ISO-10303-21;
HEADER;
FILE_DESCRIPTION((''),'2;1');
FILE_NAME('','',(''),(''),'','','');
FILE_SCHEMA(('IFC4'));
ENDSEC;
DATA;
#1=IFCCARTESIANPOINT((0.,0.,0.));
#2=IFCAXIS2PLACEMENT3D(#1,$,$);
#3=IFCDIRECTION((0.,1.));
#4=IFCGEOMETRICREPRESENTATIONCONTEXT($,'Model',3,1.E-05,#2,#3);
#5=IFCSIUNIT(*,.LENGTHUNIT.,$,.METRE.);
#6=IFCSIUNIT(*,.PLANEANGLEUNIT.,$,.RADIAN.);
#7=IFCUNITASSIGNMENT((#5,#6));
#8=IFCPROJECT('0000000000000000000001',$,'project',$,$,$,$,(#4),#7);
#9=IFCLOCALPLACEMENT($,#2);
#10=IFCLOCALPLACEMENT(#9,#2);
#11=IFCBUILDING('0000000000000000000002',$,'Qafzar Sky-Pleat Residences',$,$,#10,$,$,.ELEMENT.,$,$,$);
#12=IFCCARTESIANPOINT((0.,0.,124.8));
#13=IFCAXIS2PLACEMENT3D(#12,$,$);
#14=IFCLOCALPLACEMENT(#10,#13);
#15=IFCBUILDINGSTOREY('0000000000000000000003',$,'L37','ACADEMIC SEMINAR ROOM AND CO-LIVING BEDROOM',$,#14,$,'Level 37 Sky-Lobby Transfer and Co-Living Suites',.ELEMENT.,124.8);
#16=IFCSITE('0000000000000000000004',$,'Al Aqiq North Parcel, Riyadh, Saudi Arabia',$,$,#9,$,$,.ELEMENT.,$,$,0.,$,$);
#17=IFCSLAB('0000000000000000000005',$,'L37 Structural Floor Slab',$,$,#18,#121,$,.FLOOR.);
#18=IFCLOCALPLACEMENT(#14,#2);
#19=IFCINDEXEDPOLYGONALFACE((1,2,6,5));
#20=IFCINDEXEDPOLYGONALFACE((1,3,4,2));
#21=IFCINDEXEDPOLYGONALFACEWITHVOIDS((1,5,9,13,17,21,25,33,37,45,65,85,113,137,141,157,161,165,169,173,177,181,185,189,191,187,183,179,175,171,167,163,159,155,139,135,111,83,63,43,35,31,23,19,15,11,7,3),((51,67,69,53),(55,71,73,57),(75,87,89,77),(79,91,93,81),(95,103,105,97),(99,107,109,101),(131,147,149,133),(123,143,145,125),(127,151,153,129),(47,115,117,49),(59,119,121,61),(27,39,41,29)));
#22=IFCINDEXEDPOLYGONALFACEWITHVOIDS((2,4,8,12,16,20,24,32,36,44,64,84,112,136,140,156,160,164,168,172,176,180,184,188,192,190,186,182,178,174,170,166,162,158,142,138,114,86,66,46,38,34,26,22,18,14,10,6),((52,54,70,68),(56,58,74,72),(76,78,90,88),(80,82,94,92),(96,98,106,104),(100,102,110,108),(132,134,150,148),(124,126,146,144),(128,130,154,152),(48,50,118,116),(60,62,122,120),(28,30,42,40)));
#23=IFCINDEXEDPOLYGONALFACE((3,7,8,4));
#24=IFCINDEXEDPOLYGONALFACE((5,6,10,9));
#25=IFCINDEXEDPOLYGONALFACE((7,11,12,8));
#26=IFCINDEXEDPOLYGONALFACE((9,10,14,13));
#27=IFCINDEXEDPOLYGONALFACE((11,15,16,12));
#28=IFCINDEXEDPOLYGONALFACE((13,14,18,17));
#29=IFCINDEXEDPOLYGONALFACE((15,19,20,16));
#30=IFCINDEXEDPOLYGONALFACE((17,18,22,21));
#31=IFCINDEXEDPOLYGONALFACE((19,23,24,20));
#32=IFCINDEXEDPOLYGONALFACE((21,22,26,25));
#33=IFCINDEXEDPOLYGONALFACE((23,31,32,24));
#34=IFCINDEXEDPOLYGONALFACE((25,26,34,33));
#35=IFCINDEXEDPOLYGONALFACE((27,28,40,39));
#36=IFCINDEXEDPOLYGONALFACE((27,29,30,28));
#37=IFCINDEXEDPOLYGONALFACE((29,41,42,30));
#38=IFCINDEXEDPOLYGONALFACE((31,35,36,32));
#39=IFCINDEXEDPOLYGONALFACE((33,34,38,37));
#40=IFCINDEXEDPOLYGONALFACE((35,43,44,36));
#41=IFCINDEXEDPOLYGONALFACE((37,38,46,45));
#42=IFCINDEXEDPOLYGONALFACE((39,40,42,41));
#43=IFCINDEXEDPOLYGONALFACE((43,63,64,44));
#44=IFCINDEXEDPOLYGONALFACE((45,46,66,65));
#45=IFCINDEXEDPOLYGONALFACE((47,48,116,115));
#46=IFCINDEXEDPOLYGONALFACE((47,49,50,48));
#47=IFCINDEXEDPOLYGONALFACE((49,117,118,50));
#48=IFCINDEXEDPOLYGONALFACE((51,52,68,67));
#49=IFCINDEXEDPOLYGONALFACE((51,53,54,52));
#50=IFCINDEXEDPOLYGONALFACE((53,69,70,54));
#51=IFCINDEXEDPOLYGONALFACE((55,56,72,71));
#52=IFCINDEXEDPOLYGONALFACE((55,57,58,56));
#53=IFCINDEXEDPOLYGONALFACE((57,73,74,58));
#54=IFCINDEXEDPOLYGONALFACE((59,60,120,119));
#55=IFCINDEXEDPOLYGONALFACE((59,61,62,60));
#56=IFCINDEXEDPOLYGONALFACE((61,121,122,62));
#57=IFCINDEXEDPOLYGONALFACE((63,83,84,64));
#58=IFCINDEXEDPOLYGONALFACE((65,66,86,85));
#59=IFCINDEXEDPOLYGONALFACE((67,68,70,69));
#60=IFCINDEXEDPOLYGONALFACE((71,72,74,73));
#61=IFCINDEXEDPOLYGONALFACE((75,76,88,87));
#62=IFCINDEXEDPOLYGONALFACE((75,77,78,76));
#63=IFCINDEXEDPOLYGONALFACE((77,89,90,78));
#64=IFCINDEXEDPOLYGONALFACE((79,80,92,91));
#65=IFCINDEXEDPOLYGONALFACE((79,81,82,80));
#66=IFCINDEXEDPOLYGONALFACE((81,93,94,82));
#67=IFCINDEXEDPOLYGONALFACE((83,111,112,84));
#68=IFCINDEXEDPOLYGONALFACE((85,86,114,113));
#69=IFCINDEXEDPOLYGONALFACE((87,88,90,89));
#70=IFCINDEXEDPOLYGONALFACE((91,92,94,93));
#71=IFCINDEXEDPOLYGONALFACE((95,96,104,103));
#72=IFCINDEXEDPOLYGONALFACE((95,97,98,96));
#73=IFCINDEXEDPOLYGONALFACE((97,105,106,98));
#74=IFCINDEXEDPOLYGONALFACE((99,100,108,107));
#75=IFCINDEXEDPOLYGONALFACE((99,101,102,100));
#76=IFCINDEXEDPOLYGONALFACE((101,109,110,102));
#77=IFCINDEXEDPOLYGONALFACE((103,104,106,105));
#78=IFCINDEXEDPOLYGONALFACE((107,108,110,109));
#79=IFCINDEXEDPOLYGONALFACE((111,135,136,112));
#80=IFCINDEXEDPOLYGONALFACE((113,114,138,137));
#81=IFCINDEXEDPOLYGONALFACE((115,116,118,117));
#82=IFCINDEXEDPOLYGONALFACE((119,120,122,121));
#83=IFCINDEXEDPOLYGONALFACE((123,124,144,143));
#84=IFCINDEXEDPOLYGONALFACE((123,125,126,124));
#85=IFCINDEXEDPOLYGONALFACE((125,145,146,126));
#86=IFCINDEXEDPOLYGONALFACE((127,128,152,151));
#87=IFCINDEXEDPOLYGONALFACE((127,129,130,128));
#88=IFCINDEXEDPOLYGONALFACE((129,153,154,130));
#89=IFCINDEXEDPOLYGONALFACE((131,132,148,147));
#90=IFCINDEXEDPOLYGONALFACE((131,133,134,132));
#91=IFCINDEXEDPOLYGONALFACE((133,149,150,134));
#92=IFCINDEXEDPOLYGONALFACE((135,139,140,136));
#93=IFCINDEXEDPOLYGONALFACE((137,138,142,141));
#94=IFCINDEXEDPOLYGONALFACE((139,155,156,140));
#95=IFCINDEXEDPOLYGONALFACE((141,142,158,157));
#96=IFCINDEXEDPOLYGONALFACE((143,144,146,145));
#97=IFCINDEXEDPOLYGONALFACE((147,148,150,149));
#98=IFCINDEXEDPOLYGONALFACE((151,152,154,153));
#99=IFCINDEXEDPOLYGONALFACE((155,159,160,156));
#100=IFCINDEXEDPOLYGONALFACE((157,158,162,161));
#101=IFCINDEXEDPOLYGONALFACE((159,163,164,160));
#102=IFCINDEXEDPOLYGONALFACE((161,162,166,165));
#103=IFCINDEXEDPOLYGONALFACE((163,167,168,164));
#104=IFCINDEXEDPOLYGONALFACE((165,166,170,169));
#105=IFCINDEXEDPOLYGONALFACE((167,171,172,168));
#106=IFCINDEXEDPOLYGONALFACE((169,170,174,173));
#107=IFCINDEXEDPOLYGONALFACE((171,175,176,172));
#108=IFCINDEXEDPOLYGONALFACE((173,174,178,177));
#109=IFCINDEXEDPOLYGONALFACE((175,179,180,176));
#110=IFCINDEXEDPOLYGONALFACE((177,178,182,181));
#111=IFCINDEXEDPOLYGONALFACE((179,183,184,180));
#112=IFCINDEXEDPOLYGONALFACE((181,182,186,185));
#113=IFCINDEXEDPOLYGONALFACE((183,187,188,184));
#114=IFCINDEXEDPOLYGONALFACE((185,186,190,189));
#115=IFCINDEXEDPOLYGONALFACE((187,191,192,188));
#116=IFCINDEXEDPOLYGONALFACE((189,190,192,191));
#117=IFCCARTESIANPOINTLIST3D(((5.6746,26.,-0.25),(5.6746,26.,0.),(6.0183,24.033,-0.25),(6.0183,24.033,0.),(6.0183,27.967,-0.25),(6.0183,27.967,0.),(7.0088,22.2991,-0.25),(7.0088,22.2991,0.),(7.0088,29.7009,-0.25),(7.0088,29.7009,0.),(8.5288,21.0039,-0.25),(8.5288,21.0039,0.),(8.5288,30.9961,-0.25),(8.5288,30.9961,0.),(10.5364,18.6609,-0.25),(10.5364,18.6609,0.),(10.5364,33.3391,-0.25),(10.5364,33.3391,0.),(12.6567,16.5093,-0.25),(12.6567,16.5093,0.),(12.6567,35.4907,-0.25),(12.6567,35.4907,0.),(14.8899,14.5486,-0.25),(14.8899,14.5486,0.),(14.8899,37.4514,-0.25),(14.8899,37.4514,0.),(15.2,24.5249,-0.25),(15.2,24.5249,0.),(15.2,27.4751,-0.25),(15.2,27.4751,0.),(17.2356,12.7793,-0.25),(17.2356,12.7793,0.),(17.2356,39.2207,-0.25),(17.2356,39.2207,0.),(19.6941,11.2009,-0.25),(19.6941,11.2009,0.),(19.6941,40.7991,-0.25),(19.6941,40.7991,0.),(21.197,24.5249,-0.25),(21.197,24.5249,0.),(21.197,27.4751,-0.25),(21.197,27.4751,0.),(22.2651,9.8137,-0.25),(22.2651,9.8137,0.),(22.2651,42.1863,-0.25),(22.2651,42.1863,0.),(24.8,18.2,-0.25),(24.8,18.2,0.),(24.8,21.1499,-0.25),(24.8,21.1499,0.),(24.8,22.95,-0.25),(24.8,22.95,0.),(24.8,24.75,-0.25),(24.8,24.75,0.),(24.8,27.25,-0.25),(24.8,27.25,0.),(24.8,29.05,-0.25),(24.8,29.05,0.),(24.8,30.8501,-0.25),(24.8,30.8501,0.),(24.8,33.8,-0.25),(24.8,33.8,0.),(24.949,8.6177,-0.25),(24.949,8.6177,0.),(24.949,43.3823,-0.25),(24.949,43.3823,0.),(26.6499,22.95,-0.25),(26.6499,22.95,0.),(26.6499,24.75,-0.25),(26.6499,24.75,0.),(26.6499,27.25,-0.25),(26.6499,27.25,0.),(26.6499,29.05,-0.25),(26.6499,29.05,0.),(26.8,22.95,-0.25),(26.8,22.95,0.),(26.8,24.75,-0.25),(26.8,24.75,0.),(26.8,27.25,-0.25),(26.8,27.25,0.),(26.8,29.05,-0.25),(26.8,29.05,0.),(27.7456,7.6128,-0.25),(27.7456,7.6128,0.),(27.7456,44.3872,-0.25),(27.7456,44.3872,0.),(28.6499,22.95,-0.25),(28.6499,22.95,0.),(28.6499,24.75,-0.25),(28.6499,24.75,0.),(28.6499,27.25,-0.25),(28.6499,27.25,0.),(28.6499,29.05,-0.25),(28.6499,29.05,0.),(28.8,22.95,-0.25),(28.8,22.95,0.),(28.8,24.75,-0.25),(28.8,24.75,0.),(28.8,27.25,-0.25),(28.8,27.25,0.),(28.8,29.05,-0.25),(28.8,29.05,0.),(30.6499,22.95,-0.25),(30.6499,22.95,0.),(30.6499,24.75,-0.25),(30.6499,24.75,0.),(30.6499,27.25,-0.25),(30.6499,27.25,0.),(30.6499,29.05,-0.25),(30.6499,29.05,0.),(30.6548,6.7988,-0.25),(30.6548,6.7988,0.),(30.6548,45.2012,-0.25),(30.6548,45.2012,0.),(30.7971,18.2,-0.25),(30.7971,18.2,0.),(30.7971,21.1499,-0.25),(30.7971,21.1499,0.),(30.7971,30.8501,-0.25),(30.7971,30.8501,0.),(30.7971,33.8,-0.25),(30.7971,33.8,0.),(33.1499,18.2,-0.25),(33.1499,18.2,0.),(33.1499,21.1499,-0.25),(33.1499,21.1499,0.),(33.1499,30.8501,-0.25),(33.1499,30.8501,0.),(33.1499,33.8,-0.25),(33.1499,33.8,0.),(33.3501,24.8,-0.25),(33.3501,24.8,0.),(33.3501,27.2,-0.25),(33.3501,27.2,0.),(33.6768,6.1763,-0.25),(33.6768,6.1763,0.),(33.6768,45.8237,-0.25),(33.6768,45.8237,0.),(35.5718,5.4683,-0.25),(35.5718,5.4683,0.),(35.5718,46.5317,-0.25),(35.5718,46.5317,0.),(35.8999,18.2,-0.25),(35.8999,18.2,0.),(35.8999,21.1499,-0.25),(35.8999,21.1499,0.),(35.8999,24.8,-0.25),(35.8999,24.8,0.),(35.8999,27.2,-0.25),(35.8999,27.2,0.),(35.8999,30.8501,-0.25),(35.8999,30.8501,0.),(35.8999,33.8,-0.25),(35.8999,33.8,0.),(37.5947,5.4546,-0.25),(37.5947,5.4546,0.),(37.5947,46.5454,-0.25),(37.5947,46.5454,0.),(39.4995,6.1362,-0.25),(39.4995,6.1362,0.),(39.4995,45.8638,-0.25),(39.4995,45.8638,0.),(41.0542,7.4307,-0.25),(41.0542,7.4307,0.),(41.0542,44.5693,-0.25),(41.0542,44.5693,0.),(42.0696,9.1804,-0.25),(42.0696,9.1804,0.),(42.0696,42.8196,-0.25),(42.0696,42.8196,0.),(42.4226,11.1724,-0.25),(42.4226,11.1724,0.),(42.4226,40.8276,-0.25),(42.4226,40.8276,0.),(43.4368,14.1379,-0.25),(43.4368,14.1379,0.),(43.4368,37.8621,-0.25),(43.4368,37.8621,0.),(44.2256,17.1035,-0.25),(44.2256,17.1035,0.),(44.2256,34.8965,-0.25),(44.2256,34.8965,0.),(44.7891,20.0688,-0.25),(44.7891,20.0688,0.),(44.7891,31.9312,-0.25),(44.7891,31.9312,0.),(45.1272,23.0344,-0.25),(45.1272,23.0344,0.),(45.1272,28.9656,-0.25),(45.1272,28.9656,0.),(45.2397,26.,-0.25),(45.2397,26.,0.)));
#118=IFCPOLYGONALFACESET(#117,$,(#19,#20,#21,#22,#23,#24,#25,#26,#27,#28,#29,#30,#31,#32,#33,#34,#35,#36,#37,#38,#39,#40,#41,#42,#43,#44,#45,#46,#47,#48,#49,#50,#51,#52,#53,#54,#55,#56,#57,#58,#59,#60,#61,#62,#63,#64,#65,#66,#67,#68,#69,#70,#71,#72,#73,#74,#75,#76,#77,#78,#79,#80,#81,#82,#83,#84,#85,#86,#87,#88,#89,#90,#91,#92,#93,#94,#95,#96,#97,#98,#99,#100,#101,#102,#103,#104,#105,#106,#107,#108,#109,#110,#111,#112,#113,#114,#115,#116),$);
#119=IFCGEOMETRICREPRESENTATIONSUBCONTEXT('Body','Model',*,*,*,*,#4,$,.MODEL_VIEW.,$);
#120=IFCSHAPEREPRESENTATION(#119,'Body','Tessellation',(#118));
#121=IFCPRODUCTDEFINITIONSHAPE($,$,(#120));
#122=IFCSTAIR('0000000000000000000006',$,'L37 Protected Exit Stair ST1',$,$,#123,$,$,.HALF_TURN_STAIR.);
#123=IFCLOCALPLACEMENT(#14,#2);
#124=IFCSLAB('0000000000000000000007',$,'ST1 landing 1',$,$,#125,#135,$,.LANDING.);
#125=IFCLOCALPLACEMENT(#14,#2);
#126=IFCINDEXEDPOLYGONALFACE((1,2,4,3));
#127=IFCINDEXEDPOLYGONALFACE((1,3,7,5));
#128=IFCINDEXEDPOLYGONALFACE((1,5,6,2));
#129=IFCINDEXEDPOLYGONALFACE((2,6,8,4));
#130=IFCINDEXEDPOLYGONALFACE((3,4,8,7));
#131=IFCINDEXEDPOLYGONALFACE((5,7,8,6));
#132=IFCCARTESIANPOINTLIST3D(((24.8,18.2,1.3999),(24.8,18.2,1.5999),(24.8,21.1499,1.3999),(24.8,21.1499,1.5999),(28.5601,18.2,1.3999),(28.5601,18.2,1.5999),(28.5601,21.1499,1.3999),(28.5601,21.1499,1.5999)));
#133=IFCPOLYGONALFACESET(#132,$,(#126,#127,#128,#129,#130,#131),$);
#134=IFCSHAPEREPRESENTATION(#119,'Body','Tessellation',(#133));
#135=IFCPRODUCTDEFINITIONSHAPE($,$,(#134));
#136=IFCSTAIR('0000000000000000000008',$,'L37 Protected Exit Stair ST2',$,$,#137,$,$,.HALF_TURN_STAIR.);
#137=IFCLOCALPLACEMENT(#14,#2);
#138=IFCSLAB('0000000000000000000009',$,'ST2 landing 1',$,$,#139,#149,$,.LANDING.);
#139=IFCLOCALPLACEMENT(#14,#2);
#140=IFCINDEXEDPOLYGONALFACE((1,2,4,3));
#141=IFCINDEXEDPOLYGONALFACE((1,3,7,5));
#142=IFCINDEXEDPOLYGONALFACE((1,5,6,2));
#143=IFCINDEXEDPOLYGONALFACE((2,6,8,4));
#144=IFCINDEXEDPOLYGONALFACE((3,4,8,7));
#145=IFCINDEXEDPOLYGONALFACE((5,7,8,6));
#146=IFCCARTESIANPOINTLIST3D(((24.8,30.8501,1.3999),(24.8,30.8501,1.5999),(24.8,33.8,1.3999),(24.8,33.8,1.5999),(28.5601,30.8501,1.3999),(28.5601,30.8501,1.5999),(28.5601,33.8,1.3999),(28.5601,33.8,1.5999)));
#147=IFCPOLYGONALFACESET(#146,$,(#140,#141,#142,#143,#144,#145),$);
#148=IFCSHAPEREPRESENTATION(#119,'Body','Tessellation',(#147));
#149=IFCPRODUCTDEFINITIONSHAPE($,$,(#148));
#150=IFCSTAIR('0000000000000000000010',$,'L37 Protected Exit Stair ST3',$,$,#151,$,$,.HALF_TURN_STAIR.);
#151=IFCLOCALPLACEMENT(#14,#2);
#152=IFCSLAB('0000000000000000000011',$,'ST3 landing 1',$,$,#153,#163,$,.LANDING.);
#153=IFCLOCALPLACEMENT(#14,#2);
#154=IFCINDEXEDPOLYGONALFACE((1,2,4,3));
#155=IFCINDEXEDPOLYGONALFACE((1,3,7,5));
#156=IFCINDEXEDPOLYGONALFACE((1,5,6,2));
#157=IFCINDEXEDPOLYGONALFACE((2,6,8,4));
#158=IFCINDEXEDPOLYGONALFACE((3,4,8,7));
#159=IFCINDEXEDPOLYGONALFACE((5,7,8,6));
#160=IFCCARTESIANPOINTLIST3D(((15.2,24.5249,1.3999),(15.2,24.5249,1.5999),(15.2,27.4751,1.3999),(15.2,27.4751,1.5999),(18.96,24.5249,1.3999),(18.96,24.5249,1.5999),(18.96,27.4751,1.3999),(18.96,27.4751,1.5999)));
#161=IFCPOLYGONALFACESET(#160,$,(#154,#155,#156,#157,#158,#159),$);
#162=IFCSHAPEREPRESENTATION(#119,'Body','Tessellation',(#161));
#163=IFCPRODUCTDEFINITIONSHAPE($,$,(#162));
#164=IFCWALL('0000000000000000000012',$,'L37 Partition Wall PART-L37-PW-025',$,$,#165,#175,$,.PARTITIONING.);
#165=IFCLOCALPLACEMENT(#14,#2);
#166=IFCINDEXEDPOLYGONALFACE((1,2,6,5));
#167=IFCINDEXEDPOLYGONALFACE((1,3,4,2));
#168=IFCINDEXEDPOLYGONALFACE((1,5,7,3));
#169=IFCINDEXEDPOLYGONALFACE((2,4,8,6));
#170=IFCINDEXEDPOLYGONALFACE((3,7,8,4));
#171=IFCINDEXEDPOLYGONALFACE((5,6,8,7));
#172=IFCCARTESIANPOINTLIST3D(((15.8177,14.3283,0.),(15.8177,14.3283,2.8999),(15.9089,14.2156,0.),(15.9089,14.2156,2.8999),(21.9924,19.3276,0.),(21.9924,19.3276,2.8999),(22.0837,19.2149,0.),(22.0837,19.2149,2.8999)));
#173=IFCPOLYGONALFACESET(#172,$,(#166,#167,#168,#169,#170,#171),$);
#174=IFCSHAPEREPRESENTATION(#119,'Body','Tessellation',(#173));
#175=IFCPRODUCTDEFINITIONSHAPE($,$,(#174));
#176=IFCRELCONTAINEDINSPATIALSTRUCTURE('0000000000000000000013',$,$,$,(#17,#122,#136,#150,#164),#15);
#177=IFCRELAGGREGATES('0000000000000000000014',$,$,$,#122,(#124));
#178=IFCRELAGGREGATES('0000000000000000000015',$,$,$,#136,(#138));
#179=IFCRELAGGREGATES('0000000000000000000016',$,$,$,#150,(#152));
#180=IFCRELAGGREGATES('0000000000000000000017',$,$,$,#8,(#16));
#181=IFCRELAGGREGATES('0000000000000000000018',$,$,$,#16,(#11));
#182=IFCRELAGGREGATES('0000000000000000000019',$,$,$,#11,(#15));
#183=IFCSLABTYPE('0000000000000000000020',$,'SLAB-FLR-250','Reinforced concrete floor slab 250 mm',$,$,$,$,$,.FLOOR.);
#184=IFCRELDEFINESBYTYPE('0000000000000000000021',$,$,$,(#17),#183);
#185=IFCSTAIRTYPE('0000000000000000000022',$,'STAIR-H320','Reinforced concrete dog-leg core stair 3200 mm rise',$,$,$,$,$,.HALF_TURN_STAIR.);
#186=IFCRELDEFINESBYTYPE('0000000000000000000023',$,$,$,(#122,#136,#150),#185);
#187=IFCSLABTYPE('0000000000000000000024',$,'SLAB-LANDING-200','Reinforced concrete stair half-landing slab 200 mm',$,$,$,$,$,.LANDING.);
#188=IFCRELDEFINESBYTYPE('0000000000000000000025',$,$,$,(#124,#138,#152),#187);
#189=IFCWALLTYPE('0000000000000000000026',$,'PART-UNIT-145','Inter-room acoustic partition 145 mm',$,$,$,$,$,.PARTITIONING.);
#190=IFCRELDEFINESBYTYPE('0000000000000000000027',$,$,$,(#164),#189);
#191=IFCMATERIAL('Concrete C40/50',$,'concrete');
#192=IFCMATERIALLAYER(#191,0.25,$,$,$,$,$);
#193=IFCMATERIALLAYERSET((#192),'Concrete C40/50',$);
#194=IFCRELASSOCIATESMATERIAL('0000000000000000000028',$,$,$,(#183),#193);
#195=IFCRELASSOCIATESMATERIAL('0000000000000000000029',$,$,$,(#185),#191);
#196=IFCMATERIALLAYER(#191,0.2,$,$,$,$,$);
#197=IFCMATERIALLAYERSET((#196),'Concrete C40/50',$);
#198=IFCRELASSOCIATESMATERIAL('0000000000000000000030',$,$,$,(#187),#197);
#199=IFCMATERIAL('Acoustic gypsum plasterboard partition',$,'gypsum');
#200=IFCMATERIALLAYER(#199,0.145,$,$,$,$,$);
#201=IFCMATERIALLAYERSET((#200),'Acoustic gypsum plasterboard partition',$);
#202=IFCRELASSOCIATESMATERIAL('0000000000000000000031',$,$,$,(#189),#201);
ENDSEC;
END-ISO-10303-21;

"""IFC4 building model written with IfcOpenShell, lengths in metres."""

from ifc_helpers import new_model, si_unit, direction, frame, frame_2d, origin, place, context, subcontext, project, spatial, polyline, rectangle, outline, extrude, material, layer, layer_set, type_object, element, aggregate, save


model = new_model("IFC4")

# Units and contexts
model_context = context("Model", 3, precision=1e-05, world=origin(), true_north=direction((0.0, 1.0)))
body_context = subcontext(model_context, "Body", "Model", "MODEL_VIEW")
ifc_project = project(units=[si_unit("LENGTHUNIT", "METRE"), si_unit("PLANEANGLEUNIT", "RADIAN")], contexts=[model_context])

# Site, building, storey
site_placement = place(None, origin())
site = spatial("IfcSite", under=ifc_project, at=site_placement, Name="Al Aqiq North Parcel, Riyadh, Saudi Arabia", CompositionType="ELEMENT", RefElevation=0.0)
building_placement = place(site_placement, origin())
building = spatial("IfcBuilding", under=site, at=building_placement, Name="Qafzar Sky-Pleat Residences", CompositionType="ELEMENT")
storey_placement = place(building_placement, frame((0.0, 0.0, 124.8)))
storey = spatial("IfcBuildingStorey", under=building, at=storey_placement, Name="L37", Description="ACADEMIC SEMINAR ROOM AND CO-LIVING BEDROOM", LongName="Level 37 Sky-Lobby Transfer and Co-Living Suites", CompositionType="ELEMENT", Elevation=124.8)

# Slab
ifc_material_1 = material(Name="Concrete C40/50", Category="concrete")
ifc_layer_1 = layer(ifc_material_1, 0.25)
ifc_layer_set_1 = layer_set([ifc_layer_1], Name="Concrete C40/50")
slab_type_1 = type_object("IfcSlabType", Name="SLAB-FLR-250", Description="Reinforced concrete floor slab 250 mm", PredefinedType="FLOOR", material=ifc_layer_set_1)
slab_1_placement = place(storey_placement, frame((0.0, 0.0, -0.25)))
element("IfcSlab", 1, at=slab_1_placement, inside=storey, type_object=slab_type_1, Name="L37 Structural Floor Slab", PredefinedType="FLOOR", context=body_context, shape_type="SweptSolid", body=[
    extrude(outline(polyline([(8.5288, 30.9961), (7.0088, 29.7009), (6.0183, 27.967), (5.6746, 26.0), (6.0183, 24.033), (7.0088, 22.2991), (8.5288, 21.0039), (10.5364, 18.6609), (12.6567, 16.5093), (14.8899, 14.5486), (17.2356, 12.7793), (19.6941, 11.2009), (22.2651, 9.8137), (24.949, 8.6177), (27.7456, 7.6128), (30.6548, 6.7988), (33.6768, 6.1763), (35.5718, 5.4683), (37.5947, 5.4546), (39.4995, 6.1362), (41.0542, 7.4307), (42.0696, 9.1804), (42.4226, 11.1724), (43.4368, 14.1379), (44.2256, 17.1035), (44.7891, 20.0688), (45.1272, 23.0344), (45.2397, 26.0), (45.1272, 28.9656), (44.7891, 31.9312), (44.2256, 34.8965), (43.4368, 37.8621), (42.4226, 40.8276), (42.0696, 42.8196), (41.0542, 44.5693), (39.4995, 45.8638), (37.5947, 46.5454), (35.5718, 46.5317), (33.6768, 45.8237), (30.6548, 45.2012), (27.7456, 44.3872), (24.949, 43.3823), (22.2651, 42.1863), (19.6941, 40.7991), (17.2356, 39.2207), (14.8899, 37.4514), (12.6567, 35.4907), (10.5364, 33.3391), (8.5288, 30.9961)]), holes=[polyline([(30.7971, 21.1499), (24.8, 21.1499), (24.8, 18.2), (30.7971, 18.2), (30.7971, 21.1499)]), polyline([(30.7971, 33.8), (24.8, 33.8), (24.8, 30.8501), (30.7971, 30.8501), (30.7971, 33.8)]), polyline([(21.197, 27.4751), (15.2, 27.4751), (15.2, 24.5249), (21.197, 24.5249), (21.197, 27.4751)]), polyline([(24.8, 22.95), (26.6499, 22.95), (26.6499, 24.75), (24.8, 24.75), (24.8, 22.95)]), polyline([(26.8, 22.95), (28.6499, 22.95), (28.6499, 24.75), (26.8, 24.75), (26.8, 22.95)]), polyline([(28.8, 22.95), (30.6499, 22.95), (30.6499, 24.75), (28.8, 24.75), (28.8, 22.95)]), polyline([(24.8, 27.25), (26.6499, 27.25), (26.6499, 29.05), (24.8, 29.05), (24.8, 27.25)]), polyline([(26.8, 27.25), (28.6499, 27.25), (28.6499, 29.05), (26.8, 29.05), (26.8, 27.25)]), polyline([(28.8, 27.25), (30.6499, 27.25), (30.6499, 29.05), (28.8, 29.05), (28.8, 27.25)]), polyline([(33.1499, 18.2), (35.8999, 18.2), (35.8999, 21.1499), (33.1499, 21.1499), (33.1499, 18.2)]), polyline([(33.1499, 30.8501), (35.8999, 30.8501), (35.8999, 33.8), (33.1499, 33.8), (33.1499, 30.8501)]), polyline([(33.3501, 24.8), (35.8999, 24.8), (35.8999, 27.2), (33.3501, 27.2), (33.3501, 24.8)])]), origin(), (0.0, 0.0, 1.0), 0.25),
])

# Stairs, slabs
stair_type = type_object("IfcStairType", Name="STAIR-H320", Description="Reinforced concrete dog-leg core stair 3200 mm rise", PredefinedType="HALF_TURN_STAIR", material=ifc_material_1)
stair_1_placement = place(storey_placement, origin())
stair_1 = element("IfcStair", 2, at=stair_1_placement, inside=storey, type_object=stair_type, Name="L37 Protected Exit Stair ST1", PredefinedType="HALF_TURN_STAIR")
ifc_layer_2 = layer(ifc_material_1, 0.2)
ifc_layer_set_2 = layer_set([ifc_layer_2], Name="Concrete C40/50")
slab_type_2 = type_object("IfcSlabType", Name="SLAB-LANDING-200", Description="Reinforced concrete stair half-landing slab 200 mm", PredefinedType="LANDING", material=ifc_layer_set_2)
slab_2_placement = place(storey_placement, frame((0.0, 0.0, 1.3999)))
slab_2 = element("IfcSlab", 3, at=slab_2_placement, type_object=slab_type_2, Name="ST1 landing 1", PredefinedType="LANDING", context=body_context, shape_type="SweptSolid", body=[
    extrude(outline(polyline([(28.5601, 21.1499), (24.8, 21.1499), (24.8, 18.2), (28.5601, 18.2), (28.5601, 21.1499)])), origin(), (0.0, 0.0, 1.0), 0.2),
])
aggregate(stair_1, [slab_2])
stair_2_placement = place(storey_placement, origin())
stair_2 = element("IfcStair", 4, at=stair_2_placement, inside=storey, type_object=stair_type, Name="L37 Protected Exit Stair ST2", PredefinedType="HALF_TURN_STAIR")
slab_3_placement = place(storey_placement, frame((0.0, 0.0, 1.3999)))
slab_3 = element("IfcSlab", 5, at=slab_3_placement, type_object=slab_type_2, Name="ST2 landing 1", PredefinedType="LANDING", context=body_context, shape_type="SweptSolid", body=[
    extrude(outline(polyline([(28.5601, 33.8), (24.8, 33.8), (24.8, 30.8501), (28.5601, 30.8501), (28.5601, 33.8)])), origin(), (0.0, 0.0, 1.0), 0.2),
])
aggregate(stair_2, [slab_3])
stair_3_placement = place(storey_placement, origin())
stair_3 = element("IfcStair", 6, at=stair_3_placement, inside=storey, type_object=stair_type, Name="L37 Protected Exit Stair ST3", PredefinedType="HALF_TURN_STAIR")
slab_4_placement = place(storey_placement, frame((0.0, 0.0, 1.3999)))
slab_4 = element("IfcSlab", 7, at=slab_4_placement, type_object=slab_type_2, Name="ST3 landing 1", PredefinedType="LANDING", context=body_context, shape_type="SweptSolid", body=[
    extrude(outline(polyline([(18.96, 27.4751), (15.2, 27.4751), (15.2, 24.5249), (18.96, 24.5249), (18.96, 27.4751)])), origin(), (0.0, 0.0, 1.0), 0.2),
])
aggregate(stair_3, [slab_4])

# Wall
ifc_material_2 = material(Name="Acoustic gypsum plasterboard partition", Category="gypsum")
ifc_layer_3 = layer(ifc_material_2, 0.145)
ifc_layer_set_3 = layer_set([ifc_layer_3], Name="Acoustic gypsum plasterboard partition")
wall_type_1 = type_object("IfcWallType", Name="PART-UNIT-145", Description="Inter-room acoustic partition 145 mm", PredefinedType="PARTITIONING", material=ifc_layer_set_3)
wall_1_placement = place(storey_placement, frame((15.8633, 14.272, 0.0), z_axis=(0.0, 0.0, 1.0), x_axis=(0.777207, 0.629245, 0.0)))
element("IfcWall", 8, at=wall_1_placement, inside=storey, type_object=wall_type_1, Name="L37 Partition Wall PART-L37-PW-025", PredefinedType="PARTITIONING", context=body_context, shape_type="SweptSolid", body=[
    extrude(rectangle(XDim=7.9448, YDim=0.145, at=frame_2d((3.9724, 0.0))), origin(), (0.0, 0.0, 1.0), 2.8999),
])

save(model, "model.ifc")
